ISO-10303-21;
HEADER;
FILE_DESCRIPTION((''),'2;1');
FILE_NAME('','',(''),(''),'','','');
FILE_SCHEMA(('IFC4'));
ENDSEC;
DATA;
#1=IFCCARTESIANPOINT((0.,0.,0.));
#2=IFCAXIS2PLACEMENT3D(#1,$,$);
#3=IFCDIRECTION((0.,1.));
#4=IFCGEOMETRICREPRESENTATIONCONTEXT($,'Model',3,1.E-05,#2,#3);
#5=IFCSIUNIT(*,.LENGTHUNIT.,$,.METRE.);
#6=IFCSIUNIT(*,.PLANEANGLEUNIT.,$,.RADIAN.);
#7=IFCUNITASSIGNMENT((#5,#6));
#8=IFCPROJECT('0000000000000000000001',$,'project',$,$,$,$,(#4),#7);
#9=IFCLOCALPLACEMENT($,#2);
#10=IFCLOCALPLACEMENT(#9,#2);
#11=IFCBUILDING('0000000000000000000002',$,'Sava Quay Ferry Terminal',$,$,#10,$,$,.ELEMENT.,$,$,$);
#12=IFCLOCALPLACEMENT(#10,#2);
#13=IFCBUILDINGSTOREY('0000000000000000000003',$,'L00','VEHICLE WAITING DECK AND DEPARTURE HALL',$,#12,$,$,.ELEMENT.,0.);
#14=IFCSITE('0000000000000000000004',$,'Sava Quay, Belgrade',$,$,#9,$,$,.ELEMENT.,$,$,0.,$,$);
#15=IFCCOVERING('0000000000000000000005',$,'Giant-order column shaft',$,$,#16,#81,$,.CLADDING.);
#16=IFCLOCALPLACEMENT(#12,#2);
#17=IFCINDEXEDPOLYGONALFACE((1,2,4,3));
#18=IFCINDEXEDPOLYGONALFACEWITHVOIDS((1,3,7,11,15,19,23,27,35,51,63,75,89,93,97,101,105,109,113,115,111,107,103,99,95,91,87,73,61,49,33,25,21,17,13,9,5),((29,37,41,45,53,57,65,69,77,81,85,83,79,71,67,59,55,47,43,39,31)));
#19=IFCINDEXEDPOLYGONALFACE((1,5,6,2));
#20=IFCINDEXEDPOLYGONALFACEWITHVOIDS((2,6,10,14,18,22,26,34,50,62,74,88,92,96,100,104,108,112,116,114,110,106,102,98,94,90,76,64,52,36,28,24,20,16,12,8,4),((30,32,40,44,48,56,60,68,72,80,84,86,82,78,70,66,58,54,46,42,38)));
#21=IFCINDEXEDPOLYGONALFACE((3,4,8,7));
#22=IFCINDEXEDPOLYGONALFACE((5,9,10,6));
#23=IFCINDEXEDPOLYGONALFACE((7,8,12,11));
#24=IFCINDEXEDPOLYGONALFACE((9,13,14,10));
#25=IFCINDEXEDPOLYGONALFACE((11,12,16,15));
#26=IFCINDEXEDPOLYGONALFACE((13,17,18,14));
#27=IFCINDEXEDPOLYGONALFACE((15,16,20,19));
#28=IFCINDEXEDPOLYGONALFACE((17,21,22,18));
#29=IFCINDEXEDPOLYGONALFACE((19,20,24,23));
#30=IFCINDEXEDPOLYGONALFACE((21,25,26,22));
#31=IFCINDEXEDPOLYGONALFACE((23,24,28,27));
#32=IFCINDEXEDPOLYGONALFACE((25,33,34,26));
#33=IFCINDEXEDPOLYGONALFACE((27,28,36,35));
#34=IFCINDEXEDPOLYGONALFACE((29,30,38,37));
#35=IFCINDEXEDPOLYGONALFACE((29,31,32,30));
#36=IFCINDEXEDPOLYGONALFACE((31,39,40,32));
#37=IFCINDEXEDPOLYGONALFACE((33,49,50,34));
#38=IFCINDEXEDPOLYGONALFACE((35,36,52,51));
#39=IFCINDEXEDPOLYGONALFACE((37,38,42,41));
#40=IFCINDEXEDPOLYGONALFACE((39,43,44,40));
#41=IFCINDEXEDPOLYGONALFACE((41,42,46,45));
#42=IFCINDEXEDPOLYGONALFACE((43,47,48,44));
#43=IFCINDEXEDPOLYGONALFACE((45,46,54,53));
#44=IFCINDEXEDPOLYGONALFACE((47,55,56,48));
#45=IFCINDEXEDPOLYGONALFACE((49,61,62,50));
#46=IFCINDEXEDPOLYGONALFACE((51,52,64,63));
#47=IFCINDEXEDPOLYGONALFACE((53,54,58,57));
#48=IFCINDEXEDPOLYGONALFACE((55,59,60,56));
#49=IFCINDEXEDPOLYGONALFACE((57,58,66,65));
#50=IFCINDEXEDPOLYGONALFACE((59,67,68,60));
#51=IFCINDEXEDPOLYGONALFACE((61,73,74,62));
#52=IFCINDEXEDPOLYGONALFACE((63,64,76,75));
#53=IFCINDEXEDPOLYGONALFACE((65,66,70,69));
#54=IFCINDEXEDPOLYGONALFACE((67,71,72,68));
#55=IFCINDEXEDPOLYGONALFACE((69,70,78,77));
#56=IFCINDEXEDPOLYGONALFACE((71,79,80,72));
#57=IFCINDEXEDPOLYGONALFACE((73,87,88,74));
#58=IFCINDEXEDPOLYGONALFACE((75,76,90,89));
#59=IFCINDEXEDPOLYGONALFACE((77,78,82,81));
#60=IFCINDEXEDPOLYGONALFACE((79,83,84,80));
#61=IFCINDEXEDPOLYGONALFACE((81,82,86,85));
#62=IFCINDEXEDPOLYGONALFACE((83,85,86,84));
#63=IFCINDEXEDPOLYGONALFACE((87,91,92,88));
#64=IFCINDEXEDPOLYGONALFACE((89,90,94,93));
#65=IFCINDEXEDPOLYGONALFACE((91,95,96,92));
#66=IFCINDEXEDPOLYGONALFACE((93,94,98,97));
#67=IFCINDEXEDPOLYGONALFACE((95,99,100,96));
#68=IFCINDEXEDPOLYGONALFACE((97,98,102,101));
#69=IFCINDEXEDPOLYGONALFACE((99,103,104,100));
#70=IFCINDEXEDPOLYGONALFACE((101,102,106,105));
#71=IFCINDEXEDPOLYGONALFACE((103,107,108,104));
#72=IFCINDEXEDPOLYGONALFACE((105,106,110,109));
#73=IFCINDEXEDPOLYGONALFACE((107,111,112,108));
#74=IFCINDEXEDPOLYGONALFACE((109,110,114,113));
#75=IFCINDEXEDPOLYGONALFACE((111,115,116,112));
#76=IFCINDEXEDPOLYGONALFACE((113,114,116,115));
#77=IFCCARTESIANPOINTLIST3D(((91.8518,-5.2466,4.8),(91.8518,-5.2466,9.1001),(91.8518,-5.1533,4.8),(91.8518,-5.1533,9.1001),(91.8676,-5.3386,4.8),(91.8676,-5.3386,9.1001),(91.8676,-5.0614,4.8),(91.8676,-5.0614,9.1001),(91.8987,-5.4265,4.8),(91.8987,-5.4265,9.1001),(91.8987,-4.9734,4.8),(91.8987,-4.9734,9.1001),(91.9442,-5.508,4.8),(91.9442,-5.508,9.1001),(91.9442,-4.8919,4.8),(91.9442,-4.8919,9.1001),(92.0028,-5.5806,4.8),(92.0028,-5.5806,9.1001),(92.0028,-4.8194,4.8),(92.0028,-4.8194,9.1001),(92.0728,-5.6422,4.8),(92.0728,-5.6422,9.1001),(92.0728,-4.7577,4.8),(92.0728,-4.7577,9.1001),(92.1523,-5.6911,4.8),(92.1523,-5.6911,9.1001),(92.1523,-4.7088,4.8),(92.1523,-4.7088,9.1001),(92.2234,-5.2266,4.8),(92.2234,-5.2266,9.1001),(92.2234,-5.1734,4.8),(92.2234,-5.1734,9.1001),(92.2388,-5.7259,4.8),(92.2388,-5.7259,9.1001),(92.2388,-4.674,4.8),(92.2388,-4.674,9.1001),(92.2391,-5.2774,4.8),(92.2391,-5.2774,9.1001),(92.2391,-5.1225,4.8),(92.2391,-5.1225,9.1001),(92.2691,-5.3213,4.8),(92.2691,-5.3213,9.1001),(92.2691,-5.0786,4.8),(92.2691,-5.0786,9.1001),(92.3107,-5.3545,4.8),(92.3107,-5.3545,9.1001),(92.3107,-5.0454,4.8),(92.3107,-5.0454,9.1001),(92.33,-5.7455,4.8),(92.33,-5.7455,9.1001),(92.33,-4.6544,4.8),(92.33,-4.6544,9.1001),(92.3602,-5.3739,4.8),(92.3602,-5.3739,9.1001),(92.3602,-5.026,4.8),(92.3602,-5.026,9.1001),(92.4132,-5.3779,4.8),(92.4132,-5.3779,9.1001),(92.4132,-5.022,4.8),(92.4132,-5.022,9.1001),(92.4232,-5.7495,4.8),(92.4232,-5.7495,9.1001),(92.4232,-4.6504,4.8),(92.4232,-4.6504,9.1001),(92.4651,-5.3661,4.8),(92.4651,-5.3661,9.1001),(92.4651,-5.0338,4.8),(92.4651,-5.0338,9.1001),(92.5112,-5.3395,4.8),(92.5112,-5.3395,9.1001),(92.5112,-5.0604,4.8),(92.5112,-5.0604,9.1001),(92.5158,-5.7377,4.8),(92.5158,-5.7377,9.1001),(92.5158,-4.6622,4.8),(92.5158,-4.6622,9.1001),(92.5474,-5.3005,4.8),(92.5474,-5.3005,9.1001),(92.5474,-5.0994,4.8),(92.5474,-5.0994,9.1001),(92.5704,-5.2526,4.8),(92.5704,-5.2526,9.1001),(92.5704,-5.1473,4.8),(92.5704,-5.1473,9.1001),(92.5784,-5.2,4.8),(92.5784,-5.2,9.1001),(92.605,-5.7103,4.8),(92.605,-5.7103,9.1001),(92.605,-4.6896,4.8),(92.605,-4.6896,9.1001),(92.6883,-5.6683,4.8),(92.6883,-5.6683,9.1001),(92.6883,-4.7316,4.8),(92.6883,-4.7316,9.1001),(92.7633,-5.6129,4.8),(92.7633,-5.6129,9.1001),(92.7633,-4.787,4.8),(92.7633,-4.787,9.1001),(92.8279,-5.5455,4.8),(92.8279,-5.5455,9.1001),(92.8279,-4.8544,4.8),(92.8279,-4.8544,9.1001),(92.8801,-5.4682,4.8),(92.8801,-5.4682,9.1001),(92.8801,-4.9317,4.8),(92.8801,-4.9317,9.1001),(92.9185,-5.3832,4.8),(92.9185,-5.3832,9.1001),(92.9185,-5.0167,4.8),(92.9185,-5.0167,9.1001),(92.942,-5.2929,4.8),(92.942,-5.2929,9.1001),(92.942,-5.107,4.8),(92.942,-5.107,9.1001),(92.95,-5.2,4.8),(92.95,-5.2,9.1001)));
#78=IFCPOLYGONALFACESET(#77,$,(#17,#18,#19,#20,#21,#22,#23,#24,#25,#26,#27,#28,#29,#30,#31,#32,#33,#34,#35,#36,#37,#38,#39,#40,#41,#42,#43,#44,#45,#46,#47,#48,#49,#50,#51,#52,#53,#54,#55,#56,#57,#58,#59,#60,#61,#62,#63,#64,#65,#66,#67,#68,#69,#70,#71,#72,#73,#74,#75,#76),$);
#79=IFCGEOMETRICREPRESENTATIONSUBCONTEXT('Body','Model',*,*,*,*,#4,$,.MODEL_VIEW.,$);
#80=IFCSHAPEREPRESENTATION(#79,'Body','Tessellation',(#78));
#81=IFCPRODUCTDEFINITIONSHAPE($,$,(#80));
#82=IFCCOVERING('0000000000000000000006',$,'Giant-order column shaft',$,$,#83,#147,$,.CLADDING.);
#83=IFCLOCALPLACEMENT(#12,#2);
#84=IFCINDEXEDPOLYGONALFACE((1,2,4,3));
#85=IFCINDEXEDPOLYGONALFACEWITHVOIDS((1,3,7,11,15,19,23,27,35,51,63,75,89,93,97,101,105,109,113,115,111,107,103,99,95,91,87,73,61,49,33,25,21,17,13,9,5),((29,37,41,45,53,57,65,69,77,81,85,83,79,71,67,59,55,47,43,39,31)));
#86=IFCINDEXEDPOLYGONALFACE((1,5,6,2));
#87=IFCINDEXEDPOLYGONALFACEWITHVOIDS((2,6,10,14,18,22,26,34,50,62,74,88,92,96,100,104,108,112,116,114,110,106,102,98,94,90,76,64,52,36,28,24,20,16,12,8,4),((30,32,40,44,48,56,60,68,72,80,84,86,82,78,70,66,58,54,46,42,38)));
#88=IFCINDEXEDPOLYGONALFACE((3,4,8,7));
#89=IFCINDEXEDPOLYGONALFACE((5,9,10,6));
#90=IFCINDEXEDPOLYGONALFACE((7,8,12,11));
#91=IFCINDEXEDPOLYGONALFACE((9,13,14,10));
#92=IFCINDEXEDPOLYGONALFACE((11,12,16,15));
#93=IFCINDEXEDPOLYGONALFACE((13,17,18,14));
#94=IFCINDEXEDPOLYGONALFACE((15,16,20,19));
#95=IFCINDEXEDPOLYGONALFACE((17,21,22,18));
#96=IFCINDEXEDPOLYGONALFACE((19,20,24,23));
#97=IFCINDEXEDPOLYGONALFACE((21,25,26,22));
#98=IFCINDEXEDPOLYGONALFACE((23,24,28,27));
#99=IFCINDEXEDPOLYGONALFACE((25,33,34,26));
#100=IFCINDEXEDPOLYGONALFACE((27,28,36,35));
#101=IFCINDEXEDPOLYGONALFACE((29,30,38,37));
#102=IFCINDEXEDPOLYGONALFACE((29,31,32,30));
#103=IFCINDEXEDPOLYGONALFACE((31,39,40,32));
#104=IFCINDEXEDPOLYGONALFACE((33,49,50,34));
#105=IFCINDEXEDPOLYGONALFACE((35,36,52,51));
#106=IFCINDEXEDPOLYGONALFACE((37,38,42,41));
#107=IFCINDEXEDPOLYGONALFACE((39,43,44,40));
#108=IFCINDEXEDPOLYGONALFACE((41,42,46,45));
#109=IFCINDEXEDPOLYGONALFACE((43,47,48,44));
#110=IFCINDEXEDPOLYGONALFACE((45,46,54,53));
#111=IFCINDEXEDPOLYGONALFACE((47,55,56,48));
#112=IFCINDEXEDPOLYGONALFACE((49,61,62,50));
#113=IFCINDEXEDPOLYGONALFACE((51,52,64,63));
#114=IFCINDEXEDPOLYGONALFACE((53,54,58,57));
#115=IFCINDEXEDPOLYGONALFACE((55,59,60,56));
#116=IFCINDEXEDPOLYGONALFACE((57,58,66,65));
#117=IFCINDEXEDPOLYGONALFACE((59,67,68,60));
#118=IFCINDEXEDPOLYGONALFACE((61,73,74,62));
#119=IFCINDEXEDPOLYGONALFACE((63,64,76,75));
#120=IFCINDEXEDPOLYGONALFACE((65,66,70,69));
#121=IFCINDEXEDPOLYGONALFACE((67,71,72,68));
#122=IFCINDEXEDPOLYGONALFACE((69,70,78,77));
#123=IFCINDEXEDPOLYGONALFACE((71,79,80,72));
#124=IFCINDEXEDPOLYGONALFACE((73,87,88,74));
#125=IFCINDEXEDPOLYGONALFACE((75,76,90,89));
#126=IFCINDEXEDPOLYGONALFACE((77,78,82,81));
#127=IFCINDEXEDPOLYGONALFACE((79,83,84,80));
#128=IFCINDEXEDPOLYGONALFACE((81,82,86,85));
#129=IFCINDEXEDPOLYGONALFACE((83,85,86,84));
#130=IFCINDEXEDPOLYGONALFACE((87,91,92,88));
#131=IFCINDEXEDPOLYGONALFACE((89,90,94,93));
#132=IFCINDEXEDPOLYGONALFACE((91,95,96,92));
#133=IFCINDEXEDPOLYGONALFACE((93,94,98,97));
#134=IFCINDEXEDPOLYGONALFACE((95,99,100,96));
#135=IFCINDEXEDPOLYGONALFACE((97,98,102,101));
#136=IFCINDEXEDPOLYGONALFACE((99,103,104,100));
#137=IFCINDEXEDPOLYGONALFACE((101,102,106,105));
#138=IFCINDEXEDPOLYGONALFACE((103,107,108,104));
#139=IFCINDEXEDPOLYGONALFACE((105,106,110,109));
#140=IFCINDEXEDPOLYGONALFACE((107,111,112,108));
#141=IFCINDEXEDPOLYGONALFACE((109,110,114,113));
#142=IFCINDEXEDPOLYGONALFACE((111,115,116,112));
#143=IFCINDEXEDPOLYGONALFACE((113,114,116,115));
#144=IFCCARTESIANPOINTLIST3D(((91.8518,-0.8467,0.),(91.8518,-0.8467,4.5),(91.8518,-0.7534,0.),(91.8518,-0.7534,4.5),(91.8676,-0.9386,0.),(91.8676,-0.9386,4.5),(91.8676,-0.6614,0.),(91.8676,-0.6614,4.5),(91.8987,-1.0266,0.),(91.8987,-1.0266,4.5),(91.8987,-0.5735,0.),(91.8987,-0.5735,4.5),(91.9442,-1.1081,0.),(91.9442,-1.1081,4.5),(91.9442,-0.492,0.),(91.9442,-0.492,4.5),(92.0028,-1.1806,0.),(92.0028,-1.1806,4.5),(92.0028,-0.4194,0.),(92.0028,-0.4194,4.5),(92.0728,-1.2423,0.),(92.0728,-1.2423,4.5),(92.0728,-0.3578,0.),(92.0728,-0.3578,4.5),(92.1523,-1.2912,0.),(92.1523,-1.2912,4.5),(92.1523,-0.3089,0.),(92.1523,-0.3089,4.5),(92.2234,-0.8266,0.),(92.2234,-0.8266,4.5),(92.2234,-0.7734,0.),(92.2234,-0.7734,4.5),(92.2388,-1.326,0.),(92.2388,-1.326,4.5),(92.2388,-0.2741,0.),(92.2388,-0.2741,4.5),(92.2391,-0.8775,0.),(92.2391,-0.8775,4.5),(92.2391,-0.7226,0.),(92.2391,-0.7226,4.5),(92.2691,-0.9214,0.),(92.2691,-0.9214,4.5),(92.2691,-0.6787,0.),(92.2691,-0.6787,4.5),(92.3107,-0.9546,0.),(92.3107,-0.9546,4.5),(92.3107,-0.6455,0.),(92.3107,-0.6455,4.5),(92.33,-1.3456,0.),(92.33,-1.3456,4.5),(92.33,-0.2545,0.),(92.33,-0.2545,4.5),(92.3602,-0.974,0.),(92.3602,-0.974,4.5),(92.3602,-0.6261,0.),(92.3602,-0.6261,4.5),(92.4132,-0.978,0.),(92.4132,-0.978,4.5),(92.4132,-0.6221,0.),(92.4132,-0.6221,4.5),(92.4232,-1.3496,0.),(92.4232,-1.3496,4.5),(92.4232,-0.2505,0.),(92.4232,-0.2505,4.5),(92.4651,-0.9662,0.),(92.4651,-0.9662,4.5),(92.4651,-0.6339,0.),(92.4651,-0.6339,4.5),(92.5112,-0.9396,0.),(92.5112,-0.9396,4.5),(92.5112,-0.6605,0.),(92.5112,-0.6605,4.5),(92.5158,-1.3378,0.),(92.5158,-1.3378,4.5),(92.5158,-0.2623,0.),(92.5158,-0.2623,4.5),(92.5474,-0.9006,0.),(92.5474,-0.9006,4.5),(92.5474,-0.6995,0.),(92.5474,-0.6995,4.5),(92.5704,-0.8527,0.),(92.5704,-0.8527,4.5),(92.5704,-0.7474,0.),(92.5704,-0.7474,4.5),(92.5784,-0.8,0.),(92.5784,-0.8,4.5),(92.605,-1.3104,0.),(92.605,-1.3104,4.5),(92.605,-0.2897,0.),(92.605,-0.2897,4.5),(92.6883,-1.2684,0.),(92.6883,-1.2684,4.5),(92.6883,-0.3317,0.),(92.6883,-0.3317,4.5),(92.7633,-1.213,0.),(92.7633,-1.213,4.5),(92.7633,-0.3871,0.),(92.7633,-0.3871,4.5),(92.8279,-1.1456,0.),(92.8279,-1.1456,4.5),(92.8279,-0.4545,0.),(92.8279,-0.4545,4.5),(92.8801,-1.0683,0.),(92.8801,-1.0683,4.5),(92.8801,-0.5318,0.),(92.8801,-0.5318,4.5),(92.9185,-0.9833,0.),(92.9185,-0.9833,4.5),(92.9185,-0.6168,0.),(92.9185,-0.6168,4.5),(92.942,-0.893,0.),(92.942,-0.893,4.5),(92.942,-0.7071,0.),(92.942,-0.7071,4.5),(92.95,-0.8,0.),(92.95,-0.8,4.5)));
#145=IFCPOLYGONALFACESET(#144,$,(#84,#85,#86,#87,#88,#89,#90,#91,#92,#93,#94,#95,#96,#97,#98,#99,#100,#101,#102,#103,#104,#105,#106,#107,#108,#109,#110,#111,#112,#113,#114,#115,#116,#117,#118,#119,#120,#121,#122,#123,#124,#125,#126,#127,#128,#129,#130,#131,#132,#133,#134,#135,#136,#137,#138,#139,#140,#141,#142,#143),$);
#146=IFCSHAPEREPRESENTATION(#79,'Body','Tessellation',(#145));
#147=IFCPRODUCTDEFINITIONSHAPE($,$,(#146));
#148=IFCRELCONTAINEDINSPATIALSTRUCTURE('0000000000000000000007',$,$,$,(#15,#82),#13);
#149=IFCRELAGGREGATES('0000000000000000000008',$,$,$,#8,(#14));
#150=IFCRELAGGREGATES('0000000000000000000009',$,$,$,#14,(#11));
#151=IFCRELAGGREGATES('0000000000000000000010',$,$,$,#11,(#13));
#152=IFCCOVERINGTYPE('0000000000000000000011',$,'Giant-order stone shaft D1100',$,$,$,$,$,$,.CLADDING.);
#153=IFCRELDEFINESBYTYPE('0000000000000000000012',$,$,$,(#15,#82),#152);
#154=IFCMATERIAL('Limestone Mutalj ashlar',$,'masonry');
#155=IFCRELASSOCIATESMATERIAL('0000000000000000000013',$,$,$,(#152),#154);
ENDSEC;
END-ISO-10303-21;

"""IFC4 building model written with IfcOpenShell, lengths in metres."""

from ifc_helpers import new_model, si_unit, direction, frame, origin, origin_2d, place, context, subcontext, project, spatial, hollow_circle, extrude, material, material_profile, profile_set, type_object, element, save


model = new_model("IFC4")

# Units and contexts
model_context = context("Model", 3, precision=1e-05, world=origin(), true_north=direction((0.0, 1.0)))
body_context = subcontext(model_context, "Body", "Model", "MODEL_VIEW")
ifc_project = project(units=[si_unit("LENGTHUNIT", "METRE"), si_unit("PLANEANGLEUNIT", "RADIAN")], contexts=[model_context])

# Site, building, storey
site_placement = place(None, origin())
site = spatial("IfcSite", under=ifc_project, at=site_placement, Name="Sava Quay, Belgrade", CompositionType="ELEMENT", RefElevation=0.0)
building_placement = place(site_placement, origin())
building = spatial("IfcBuilding", under=site, at=building_placement, Name="Sava Quay Ferry Terminal", CompositionType="ELEMENT")
storey_placement = place(building_placement, origin())
storey = spatial("IfcBuildingStorey", under=building, at=storey_placement, Name="L00", Description="VEHICLE WAITING DECK AND DEPARTURE HALL", CompositionType="ELEMENT", Elevation=0.0)

# Coverings
ifc_material_1 = material(Name="Limestone Mutalj ashlar", Category="masonry")
ifc_material_profile_1 = material_profile(ifc_material_1, hollow_circle(Radius=0.55, WallThickness=0.3716, at=origin_2d()), Name="Stone shaft D1100")
ifc_profile_set_1 = profile_set([ifc_material_profile_1], Name="Limestone Mutalj ashlar")
covering_type_1 = type_object("IfcCoveringType", Name="Giant-order stone shaft D1100", PredefinedType="CLADDING", material=ifc_profile_set_1)
covering_1_placement = place(storey_placement, frame((92.3999, -5.2, 4.8), z_axis=(0.0, 0.0, 1.0), x_axis=(1.0, 0.0, 0.0)))
element("IfcCovering", 1, at=covering_1_placement, inside=storey, type_object=covering_type_1, Name="Giant-order column shaft", PredefinedType="CLADDING", context=body_context, shape_type="SweptSolid", body=[
    extrude(hollow_circle(Radius=0.55, WallThickness=0.3716, at=origin_2d()), origin(), (0.0, 0.0, 1.0), 4.3),
])
covering_2_placement = place(storey_placement, frame((92.3999, -0.8, 0.0), z_axis=(0.0, 0.0, 1.0), x_axis=(1.0, 0.0, 0.0)))
element("IfcCovering", 2, at=covering_2_placement, inside=storey, type_object=covering_type_1, Name="Giant-order column shaft", PredefinedType="CLADDING", context=body_context, shape_type="SweptSolid", body=[
    extrude(hollow_circle(Radius=0.55, WallThickness=0.3716, at=origin_2d()), origin(), (0.0, 0.0, 1.0), 4.5),
])

save(model, "model.ifc")
